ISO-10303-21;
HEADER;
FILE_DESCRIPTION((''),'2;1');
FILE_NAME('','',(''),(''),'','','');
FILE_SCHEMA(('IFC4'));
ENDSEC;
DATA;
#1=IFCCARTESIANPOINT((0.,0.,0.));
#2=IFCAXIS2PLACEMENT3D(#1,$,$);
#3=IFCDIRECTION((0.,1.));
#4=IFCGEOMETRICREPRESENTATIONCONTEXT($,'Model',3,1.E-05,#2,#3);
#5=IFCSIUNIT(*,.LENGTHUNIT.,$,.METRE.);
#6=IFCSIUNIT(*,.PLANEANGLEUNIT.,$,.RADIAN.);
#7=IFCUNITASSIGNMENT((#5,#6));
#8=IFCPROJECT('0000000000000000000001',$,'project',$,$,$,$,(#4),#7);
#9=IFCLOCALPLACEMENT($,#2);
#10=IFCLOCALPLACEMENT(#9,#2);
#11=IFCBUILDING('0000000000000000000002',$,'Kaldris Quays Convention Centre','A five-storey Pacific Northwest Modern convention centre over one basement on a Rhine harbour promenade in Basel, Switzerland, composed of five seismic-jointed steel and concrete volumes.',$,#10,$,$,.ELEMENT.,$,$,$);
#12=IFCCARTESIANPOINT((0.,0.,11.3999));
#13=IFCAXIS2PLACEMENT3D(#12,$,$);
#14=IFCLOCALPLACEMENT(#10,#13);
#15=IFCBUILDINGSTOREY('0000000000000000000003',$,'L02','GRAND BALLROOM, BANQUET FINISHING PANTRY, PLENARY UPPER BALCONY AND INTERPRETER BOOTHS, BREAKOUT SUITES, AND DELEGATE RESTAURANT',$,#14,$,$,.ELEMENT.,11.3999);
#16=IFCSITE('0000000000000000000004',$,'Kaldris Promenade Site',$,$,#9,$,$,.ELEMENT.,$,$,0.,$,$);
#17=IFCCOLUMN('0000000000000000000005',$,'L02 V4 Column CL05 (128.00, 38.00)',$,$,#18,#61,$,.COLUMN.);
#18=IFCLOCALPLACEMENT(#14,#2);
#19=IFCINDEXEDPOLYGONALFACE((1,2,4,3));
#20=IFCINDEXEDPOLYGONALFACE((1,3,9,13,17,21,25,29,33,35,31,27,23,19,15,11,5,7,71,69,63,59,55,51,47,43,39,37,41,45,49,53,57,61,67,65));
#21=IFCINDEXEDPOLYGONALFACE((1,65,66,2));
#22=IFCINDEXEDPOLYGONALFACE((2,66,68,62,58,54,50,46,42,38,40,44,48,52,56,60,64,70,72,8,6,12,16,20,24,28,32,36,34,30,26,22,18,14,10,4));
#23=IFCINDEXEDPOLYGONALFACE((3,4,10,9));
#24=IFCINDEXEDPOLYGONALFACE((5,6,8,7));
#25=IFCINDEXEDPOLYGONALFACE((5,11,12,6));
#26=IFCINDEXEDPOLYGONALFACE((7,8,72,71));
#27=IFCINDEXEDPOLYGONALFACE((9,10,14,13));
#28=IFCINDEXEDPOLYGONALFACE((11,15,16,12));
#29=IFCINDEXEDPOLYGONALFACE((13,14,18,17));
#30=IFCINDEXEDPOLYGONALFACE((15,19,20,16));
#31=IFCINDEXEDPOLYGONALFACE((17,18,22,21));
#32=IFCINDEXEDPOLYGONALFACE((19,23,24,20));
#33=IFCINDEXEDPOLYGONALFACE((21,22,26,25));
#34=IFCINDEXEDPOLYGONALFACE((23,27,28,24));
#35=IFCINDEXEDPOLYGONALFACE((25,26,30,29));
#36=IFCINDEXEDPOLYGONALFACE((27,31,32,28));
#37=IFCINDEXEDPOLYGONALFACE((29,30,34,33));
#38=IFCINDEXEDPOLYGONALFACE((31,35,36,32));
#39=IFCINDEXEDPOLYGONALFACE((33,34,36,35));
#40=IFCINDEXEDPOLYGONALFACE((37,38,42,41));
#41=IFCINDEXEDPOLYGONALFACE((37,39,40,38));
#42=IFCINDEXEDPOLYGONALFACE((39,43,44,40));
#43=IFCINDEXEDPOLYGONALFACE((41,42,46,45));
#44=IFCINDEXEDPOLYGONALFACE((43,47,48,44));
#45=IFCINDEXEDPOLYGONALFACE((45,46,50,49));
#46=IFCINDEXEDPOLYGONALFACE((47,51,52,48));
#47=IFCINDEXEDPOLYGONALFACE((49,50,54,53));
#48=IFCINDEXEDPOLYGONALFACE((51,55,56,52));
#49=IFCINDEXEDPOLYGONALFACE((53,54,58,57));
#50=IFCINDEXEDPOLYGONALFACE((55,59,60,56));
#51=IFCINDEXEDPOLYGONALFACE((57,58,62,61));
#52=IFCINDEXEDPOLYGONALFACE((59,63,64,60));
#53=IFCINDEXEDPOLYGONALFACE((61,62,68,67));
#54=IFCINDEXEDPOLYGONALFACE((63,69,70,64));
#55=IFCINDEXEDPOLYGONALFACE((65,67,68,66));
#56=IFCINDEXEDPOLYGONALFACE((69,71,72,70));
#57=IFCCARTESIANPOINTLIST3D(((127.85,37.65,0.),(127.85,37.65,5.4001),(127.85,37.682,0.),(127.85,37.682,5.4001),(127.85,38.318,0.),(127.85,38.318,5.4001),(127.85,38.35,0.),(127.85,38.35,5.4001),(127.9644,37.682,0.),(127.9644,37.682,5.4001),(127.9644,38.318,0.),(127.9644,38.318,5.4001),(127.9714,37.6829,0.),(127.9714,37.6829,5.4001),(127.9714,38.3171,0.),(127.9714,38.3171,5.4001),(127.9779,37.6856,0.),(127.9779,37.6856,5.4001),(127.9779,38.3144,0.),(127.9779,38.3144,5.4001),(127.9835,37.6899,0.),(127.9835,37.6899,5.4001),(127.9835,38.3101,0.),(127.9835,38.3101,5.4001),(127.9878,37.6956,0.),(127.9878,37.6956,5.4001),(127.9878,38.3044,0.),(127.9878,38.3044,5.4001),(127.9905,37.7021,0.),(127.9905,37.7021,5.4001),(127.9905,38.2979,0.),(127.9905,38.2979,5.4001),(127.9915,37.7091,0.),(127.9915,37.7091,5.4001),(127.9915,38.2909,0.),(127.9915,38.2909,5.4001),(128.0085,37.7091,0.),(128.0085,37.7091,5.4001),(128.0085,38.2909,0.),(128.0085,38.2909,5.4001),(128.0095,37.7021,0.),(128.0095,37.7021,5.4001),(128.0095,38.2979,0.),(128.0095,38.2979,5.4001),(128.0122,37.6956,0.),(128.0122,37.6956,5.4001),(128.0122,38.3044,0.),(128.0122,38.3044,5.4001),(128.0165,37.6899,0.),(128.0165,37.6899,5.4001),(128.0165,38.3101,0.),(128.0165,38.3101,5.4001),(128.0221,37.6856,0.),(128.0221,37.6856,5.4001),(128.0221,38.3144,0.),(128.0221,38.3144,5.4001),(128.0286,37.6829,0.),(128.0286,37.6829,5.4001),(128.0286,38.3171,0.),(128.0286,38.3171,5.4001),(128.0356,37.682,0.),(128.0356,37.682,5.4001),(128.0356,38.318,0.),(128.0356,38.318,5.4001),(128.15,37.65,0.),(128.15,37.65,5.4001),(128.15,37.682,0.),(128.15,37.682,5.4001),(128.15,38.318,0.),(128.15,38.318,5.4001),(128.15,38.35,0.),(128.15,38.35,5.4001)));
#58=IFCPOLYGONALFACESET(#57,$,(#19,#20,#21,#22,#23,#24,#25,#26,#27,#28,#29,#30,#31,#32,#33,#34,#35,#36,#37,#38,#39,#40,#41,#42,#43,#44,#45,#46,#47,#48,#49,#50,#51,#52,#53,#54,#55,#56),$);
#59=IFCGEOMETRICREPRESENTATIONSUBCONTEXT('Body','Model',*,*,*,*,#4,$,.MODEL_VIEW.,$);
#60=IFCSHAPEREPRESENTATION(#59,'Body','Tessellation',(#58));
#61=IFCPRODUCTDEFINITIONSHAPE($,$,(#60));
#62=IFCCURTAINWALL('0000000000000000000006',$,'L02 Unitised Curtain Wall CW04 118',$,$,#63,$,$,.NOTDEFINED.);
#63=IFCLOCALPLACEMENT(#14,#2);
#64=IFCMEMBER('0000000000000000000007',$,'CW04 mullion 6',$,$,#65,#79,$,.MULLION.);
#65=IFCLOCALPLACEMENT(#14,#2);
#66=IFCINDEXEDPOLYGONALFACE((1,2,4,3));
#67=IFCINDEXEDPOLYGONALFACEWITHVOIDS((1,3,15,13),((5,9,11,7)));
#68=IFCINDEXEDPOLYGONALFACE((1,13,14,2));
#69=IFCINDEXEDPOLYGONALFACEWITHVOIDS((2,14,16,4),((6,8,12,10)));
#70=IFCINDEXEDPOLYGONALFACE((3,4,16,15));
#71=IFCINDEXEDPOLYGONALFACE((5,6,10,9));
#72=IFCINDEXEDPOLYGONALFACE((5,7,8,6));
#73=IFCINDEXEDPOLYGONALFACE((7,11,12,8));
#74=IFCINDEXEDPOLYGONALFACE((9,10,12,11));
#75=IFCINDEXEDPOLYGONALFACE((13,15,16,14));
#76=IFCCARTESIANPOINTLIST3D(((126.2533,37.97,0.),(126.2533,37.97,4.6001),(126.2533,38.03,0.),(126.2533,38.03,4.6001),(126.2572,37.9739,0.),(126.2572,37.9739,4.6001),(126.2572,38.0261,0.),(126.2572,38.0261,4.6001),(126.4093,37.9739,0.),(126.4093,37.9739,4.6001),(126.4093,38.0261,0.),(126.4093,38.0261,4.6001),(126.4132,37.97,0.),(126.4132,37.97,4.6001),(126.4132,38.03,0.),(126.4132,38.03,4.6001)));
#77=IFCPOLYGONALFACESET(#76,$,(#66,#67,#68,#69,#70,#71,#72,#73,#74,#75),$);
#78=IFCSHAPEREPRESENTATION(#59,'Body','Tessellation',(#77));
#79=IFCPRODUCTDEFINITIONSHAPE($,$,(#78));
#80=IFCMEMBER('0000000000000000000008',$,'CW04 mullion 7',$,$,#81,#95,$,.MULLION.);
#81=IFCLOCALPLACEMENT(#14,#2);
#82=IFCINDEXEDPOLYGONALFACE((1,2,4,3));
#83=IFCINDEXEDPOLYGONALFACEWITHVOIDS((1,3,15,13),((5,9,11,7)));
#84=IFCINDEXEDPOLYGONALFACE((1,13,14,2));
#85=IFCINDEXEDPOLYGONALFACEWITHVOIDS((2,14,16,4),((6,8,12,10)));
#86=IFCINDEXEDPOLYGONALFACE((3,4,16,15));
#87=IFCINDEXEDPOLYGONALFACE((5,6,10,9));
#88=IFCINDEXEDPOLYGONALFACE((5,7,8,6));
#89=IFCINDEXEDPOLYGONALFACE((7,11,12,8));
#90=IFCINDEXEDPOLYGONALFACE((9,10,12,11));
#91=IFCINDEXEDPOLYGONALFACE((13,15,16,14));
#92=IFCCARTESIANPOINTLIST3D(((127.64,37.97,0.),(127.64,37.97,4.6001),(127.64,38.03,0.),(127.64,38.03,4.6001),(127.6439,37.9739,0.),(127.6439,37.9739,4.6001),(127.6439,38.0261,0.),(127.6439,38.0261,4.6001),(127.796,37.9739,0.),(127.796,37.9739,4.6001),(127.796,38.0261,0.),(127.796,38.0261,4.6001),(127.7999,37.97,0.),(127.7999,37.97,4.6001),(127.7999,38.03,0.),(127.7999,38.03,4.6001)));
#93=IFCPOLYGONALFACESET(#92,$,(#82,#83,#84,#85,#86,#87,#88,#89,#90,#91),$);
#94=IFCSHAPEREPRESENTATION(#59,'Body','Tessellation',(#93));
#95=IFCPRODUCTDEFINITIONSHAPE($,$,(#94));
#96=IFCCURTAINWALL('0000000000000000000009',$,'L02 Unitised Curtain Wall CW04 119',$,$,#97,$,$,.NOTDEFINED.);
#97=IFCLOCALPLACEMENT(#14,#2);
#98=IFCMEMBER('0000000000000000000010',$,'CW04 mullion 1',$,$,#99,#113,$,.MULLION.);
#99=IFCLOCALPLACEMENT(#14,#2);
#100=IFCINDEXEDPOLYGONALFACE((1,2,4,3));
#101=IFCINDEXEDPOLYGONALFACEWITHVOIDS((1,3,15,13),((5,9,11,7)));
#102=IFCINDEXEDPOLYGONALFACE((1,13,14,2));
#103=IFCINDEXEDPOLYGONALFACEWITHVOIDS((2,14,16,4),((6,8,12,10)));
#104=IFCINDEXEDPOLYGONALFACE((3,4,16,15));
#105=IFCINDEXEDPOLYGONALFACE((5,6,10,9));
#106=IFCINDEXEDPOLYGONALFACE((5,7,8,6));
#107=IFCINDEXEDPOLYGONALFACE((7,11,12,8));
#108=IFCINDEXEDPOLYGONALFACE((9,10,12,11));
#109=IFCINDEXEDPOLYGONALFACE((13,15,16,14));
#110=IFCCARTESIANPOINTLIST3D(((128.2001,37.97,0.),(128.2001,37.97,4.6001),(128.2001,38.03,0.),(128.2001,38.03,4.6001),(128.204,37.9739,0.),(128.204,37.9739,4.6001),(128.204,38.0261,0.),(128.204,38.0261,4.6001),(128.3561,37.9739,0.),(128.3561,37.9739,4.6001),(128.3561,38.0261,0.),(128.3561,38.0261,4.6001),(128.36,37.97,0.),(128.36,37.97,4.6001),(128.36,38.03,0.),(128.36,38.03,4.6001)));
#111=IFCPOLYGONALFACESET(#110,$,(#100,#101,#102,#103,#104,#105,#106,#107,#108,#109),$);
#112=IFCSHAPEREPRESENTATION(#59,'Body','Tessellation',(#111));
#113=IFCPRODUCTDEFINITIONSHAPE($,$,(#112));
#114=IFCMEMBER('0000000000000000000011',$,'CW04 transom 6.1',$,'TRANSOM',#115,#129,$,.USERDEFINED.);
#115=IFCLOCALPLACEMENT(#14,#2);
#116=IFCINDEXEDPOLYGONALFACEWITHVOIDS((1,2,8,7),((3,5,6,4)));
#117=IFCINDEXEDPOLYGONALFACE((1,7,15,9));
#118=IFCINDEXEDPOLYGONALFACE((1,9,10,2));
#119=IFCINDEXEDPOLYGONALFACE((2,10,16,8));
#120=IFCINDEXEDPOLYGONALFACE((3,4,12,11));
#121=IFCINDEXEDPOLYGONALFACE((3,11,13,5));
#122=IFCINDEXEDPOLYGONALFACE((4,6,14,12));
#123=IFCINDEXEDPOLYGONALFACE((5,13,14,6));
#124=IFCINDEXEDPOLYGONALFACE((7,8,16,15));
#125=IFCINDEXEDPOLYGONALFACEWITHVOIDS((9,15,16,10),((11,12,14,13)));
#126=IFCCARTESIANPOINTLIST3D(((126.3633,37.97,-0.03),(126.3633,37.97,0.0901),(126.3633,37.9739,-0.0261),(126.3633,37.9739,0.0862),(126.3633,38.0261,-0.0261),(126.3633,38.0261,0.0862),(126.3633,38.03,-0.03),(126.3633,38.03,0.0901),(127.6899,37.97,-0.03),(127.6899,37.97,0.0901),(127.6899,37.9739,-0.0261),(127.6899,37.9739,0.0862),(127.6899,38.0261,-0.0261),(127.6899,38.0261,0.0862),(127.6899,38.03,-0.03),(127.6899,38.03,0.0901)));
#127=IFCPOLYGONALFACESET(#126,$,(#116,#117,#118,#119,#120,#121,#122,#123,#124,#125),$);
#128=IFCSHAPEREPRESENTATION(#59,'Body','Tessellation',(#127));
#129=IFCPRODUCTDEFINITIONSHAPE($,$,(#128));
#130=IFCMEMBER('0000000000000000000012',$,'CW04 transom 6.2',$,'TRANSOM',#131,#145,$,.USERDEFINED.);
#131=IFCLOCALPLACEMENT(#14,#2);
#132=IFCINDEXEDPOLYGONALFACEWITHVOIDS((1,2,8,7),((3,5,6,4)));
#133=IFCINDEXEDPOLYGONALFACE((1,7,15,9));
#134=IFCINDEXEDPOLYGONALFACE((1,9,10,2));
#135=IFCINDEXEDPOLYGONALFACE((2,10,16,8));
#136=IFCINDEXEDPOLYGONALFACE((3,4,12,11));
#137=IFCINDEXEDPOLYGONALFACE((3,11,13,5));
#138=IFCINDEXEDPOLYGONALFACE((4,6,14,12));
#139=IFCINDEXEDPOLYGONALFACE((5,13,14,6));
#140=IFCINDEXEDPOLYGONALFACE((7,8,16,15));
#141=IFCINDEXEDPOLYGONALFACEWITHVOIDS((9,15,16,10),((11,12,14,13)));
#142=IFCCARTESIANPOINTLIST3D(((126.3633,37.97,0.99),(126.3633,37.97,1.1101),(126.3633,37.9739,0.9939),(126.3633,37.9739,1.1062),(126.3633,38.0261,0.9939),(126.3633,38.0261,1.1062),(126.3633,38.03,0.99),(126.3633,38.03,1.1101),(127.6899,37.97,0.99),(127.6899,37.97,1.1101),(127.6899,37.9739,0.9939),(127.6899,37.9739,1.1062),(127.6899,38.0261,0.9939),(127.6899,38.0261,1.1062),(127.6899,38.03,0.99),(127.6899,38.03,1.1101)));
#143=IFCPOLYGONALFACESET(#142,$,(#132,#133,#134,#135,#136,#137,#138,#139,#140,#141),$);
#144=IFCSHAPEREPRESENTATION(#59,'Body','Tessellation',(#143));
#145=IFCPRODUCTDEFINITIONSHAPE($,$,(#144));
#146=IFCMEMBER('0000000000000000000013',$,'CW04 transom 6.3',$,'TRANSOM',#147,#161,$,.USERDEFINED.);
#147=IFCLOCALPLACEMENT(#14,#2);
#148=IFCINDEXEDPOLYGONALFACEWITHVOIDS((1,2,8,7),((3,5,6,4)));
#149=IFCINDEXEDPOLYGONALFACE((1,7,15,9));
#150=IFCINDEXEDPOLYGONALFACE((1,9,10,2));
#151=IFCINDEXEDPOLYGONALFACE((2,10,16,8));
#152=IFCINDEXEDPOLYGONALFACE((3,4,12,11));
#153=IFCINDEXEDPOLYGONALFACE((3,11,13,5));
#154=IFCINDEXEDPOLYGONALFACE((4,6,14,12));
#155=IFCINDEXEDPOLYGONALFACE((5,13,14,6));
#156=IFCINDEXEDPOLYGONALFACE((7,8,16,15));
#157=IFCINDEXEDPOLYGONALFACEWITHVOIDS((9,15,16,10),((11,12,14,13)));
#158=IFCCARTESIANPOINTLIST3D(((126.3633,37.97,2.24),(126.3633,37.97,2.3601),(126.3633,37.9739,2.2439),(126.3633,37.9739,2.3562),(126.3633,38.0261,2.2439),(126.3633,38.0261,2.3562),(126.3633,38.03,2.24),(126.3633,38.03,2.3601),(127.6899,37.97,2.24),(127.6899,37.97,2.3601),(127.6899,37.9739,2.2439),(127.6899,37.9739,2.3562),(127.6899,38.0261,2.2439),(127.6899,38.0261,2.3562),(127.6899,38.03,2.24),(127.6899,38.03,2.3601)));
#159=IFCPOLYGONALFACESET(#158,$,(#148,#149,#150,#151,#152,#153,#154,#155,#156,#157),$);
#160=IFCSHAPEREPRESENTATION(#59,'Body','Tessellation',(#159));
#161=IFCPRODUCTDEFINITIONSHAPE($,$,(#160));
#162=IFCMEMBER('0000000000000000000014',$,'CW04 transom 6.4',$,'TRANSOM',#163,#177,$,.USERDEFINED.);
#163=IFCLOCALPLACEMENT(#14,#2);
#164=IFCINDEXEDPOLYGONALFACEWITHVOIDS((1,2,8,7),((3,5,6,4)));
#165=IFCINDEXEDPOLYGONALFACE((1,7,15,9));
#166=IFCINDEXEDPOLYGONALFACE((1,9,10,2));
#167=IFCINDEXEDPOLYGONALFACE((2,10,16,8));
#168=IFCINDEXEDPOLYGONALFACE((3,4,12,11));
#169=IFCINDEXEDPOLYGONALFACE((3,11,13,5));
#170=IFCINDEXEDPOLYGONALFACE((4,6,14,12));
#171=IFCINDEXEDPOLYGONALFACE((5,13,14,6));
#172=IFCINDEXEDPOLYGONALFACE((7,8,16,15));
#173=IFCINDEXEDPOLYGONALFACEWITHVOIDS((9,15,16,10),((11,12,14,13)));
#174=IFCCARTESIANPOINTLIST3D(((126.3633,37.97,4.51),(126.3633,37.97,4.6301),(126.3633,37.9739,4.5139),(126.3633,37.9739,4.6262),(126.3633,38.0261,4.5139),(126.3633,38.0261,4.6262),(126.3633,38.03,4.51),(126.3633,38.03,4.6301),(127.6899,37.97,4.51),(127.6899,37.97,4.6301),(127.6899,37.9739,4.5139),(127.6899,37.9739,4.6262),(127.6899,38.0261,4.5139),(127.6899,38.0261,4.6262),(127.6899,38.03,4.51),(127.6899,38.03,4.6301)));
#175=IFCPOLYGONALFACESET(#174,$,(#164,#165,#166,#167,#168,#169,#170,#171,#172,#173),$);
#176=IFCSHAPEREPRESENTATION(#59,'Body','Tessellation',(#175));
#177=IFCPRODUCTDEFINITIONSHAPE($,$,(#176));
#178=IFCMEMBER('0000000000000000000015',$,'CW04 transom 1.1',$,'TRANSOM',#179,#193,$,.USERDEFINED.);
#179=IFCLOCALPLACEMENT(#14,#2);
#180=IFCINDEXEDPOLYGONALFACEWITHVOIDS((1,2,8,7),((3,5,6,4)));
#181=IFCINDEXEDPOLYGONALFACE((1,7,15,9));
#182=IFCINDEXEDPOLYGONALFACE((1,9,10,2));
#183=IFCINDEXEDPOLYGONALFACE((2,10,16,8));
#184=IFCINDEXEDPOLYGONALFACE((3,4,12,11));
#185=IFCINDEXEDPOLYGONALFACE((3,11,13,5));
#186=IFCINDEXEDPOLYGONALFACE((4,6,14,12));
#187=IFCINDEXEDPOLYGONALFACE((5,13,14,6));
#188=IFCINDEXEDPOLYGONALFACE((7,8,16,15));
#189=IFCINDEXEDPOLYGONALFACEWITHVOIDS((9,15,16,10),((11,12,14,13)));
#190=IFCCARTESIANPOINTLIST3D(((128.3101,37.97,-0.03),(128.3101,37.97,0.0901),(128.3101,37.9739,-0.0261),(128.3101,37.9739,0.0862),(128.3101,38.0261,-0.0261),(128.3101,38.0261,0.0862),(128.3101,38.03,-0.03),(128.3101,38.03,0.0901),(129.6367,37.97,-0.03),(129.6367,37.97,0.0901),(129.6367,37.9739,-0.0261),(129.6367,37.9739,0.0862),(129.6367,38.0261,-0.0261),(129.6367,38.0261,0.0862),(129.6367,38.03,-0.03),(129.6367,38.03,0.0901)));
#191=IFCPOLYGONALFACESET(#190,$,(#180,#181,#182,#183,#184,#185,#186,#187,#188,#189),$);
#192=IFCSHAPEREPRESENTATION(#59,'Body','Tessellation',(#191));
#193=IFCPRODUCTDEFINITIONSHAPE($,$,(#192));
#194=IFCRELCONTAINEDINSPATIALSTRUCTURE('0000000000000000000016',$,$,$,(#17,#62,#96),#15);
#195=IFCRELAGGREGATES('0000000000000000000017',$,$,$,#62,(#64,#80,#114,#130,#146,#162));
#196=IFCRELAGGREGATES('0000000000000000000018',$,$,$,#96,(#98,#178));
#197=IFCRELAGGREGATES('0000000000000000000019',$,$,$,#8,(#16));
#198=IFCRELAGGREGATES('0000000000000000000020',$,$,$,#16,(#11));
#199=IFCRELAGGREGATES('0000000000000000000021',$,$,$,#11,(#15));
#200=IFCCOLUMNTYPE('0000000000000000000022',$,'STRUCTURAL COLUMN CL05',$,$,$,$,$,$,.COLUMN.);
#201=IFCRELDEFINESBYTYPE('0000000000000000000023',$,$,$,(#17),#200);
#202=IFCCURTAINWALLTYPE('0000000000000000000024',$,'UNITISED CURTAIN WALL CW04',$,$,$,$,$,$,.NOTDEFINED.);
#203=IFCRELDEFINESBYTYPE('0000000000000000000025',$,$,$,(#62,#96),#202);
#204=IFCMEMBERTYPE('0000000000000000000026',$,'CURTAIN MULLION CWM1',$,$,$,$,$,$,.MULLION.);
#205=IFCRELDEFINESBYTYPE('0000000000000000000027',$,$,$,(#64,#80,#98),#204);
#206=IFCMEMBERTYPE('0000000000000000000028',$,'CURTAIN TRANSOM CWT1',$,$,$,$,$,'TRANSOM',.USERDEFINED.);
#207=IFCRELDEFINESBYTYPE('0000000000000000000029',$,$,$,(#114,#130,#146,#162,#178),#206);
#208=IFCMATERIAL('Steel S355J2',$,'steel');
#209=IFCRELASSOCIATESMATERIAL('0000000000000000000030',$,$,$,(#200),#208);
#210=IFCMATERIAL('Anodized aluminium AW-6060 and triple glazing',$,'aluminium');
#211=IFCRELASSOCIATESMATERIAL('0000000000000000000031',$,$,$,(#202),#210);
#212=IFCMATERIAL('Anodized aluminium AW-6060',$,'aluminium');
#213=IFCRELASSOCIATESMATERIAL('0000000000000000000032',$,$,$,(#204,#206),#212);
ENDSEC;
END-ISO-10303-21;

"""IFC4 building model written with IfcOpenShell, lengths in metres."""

from ifc_helpers import new_model, si_unit, direction, frame, origin, origin_2d, place, context, subcontext, project, spatial, hollow_rectangle, i_section, extrude, material, material_profile, profile_set, type_object, element, aggregate, save


model = new_model("IFC4")

# Units and contexts
model_context = context("Model", 3, precision=1e-05, world=origin(), true_north=direction((0.0, 1.0)))
body_context = subcontext(model_context, "Body", "Model", "MODEL_VIEW")
ifc_project = project(units=[si_unit("LENGTHUNIT", "METRE"), si_unit("PLANEANGLEUNIT", "RADIAN")], contexts=[model_context])

# Site, building, storey
site_placement = place(None, origin())
site = spatial("IfcSite", under=ifc_project, at=site_placement, Name="Kaldris Promenade Site", CompositionType="ELEMENT", RefElevation=0.0)
building_placement = place(site_placement, origin())
building = spatial("IfcBuilding", under=site, at=building_placement, Name="Kaldris Quays Convention Centre", Description="A five-storey Pacific Northwest Modern convention centre over one basement on a Rhine harbour promenade in Basel, Switzerland, composed of five seismic-jointed steel and concrete volumes.", CompositionType="ELEMENT")
storey_placement = place(building_placement, frame((0.0, 0.0, 11.3999)))
storey = spatial("IfcBuildingStorey", under=building, at=storey_placement, Name="L02", Description="GRAND BALLROOM, BANQUET FINISHING PANTRY, PLENARY UPPER BALCONY AND INTERPRETER BOOTHS, BREAKOUT SUITES, AND DELEGATE RESTAURANT", CompositionType="ELEMENT", Elevation=11.3999)

# Column
ifc_material_1 = material(Name="Steel S355J2", Category="steel")
ifc_material_profile_1 = material_profile(ifc_material_1, i_section(OverallWidth=0.3, OverallDepth=0.7, WebThickness=0.0171, FlangeThickness=0.032, FilletRadius=0.0271, at=origin_2d()), Name="HEB 700")
ifc_profile_set_1 = profile_set([ifc_material_profile_1], Name="Steel S355J2")
column_type = type_object("IfcColumnType", Name="STRUCTURAL COLUMN CL05", PredefinedType="COLUMN", material=ifc_profile_set_1)
column_placement = place(storey_placement, frame((128.0, 38.0, 0.0), z_axis=(0.0, 0.0, 1.0), x_axis=(1.0, 0.0, 0.0)))
element("IfcColumn", 1, at=column_placement, inside=storey, type_object=column_type, Name="L02 V4 Column CL05 (128.00, 38.00)", PredefinedType="COLUMN", context=body_context, shape_type="SweptSolid", body=[
    extrude(i_section(OverallWidth=0.3, OverallDepth=0.7, WebThickness=0.0171, FlangeThickness=0.032, FilletRadius=0.0271, at=origin_2d()), origin(), (0.0, 0.0, 1.0), 5.4001),
])

# Curtain wall, members
ifc_material_2 = material(Name="Anodized aluminium AW-6060 and triple glazing", Category="aluminium")
curtain_wall_type = type_object("IfcCurtainWallType", Name="UNITISED CURTAIN WALL CW04", PredefinedType="NOTDEFINED", material=ifc_material_2)
curtain_wall_1_placement = place(storey_placement, origin())
curtain_wall_1 = element("IfcCurtainWall", 2, at=curtain_wall_1_placement, inside=storey, type_object=curtain_wall_type, Name="L02 Unitised Curtain Wall CW04 118", PredefinedType="NOTDEFINED")
ifc_material_3 = material(Name="Anodized aluminium AW-6060", Category="aluminium")
ifc_material_profile_2 = material_profile(ifc_material_3, hollow_rectangle(XDim=0.0601, YDim=0.1599, WallThickness=0.0039, at=origin_2d()), Name="RHS 160x60x4")
ifc_profile_set_2 = profile_set([ifc_material_profile_2], Name="Anodized aluminium AW-6060")
member_type_1 = type_object("IfcMemberType", Name="CURTAIN MULLION CWM1", PredefinedType="MULLION", material=ifc_profile_set_2)
member_1_placement = place(storey_placement, frame((126.3333, 38.0, 0.0), z_axis=(0.0, 0.0, 1.0), x_axis=(0.0, 1.0, 0.0)))
member_1 = element("IfcMember", 3, at=member_1_placement, type_object=member_type_1, Name="CW04 mullion 6", PredefinedType="MULLION", context=body_context, shape_type="SweptSolid", body=[
    extrude(hollow_rectangle(XDim=0.0601, YDim=0.1599, WallThickness=0.0039, at=origin_2d()), origin(), (0.0, 0.0, 1.0), 4.6001),
])
member_2_placement = place(storey_placement, frame((127.72, 38.0, 0.0), z_axis=(0.0, 0.0, 1.0), x_axis=(0.0, 1.0, 0.0)))
member_2 = element("IfcMember", 4, at=member_2_placement, type_object=member_type_1, Name="CW04 mullion 7", PredefinedType="MULLION", context=body_context, shape_type="SweptSolid", body=[
    extrude(hollow_rectangle(XDim=0.0601, YDim=0.1599, WallThickness=0.0039, at=origin_2d()), origin(), (0.0, 0.0, 1.0), 4.6001),
])

# Curtain wall, member
curtain_wall_2_placement = place(storey_placement, origin())
curtain_wall_2 = element("IfcCurtainWall", 5, at=curtain_wall_2_placement, inside=storey, type_object=curtain_wall_type, Name="L02 Unitised Curtain Wall CW04 119", PredefinedType="NOTDEFINED")
member_3_placement = place(storey_placement, frame((128.28, 38.0, 0.0), z_axis=(0.0, 0.0, 1.0), x_axis=(0.0, 1.0, 0.0)))
member_3 = element("IfcMember", 6, at=member_3_placement, type_object=member_type_1, Name="CW04 mullion 1", PredefinedType="MULLION", context=body_context, shape_type="SweptSolid", body=[
    extrude(hollow_rectangle(XDim=0.0601, YDim=0.1599, WallThickness=0.0039, at=origin_2d()), origin(), (0.0, 0.0, 1.0), 4.6001),
])

# Members
ifc_material_profile_3 = material_profile(ifc_material_3, hollow_rectangle(XDim=0.0601, YDim=0.1201, WallThickness=0.0039, at=origin_2d()), Name="RHS 120x60x4")
ifc_profile_set_3 = profile_set([ifc_material_profile_3], Name="Anodized aluminium AW-6060")
member_type_2 = type_object("IfcMemberType", Name="CURTAIN TRANSOM CWT1", ElementType="TRANSOM", PredefinedType="USERDEFINED", material=ifc_profile_set_3)
member_4_placement = place(storey_placement, frame((126.3633, 38.0, 0.03), z_axis=(1.0, 0.0, 0.0), x_axis=(0.0, 1.0, 0.0)))
member_4 = element("IfcMember", 7, at=member_4_placement, type_object=member_type_2, Name="CW04 transom 6.1", ObjectType="TRANSOM", PredefinedType="USERDEFINED", context=body_context, shape_type="SweptSolid", body=[
    extrude(hollow_rectangle(XDim=0.0601, YDim=0.1201, WallThickness=0.0039, at=origin_2d()), origin(), (0.0, 0.0, 1.0), 1.3267),
])
member_5_placement = place(storey_placement, frame((126.3633, 38.0, 1.05), z_axis=(1.0, 0.0, 0.0), x_axis=(0.0, 1.0, 0.0)))
member_5 = element("IfcMember", 8, at=member_5_placement, type_object=member_type_2, Name="CW04 transom 6.2", ObjectType="TRANSOM", PredefinedType="USERDEFINED", context=body_context, shape_type="SweptSolid", body=[
    extrude(hollow_rectangle(XDim=0.0601, YDim=0.1201, WallThickness=0.0039, at=origin_2d()), origin(), (0.0, 0.0, 1.0), 1.3267),
])
member_6_placement = place(storey_placement, frame((126.3633, 38.0, 2.3), z_axis=(1.0, 0.0, 0.0), x_axis=(0.0, 1.0, 0.0)))
member_6 = element("IfcMember", 9, at=member_6_placement, type_object=member_type_2, Name="CW04 transom 6.3", ObjectType="TRANSOM", PredefinedType="USERDEFINED", context=body_context, shape_type="SweptSolid", body=[
    extrude(hollow_rectangle(XDim=0.0601, YDim=0.1201, WallThickness=0.0039, at=origin_2d()), origin(), (0.0, 0.0, 1.0), 1.3267),
])
member_7_placement = place(storey_placement, frame((126.3633, 38.0, 4.5701), z_axis=(1.0, 0.0, 0.0), x_axis=(0.0, 1.0, 0.0)))
member_7 = element("IfcMember", 10, at=member_7_placement, type_object=member_type_2, Name="CW04 transom 6.4", ObjectType="TRANSOM", PredefinedType="USERDEFINED", context=body_context, shape_type="SweptSolid", body=[
    extrude(hollow_rectangle(XDim=0.0601, YDim=0.1201, WallThickness=0.0039, at=origin_2d()), origin(), (0.0, 0.0, 1.0), 1.3267),
])
member_8_placement = place(storey_placement, frame((128.3101, 38.0, 0.03), z_axis=(1.0, 0.0, 0.0), x_axis=(0.0, 1.0, 0.0)))
member_8 = element("IfcMember", 11, at=member_8_placement, type_object=member_type_2, Name="CW04 transom 1.1", ObjectType="TRANSOM", PredefinedType="USERDEFINED", context=body_context, shape_type="SweptSolid", body=[
    extrude(hollow_rectangle(XDim=0.0601, YDim=0.1201, WallThickness=0.0039, at=origin_2d()), origin(), (0.0, 0.0, 1.0), 1.3267),
])

aggregate(curtain_wall_1, [member_1, member_2, member_4, member_5, member_6, member_7])
aggregate(curtain_wall_2, [member_3, member_8])

save(model, "model.ifc")
